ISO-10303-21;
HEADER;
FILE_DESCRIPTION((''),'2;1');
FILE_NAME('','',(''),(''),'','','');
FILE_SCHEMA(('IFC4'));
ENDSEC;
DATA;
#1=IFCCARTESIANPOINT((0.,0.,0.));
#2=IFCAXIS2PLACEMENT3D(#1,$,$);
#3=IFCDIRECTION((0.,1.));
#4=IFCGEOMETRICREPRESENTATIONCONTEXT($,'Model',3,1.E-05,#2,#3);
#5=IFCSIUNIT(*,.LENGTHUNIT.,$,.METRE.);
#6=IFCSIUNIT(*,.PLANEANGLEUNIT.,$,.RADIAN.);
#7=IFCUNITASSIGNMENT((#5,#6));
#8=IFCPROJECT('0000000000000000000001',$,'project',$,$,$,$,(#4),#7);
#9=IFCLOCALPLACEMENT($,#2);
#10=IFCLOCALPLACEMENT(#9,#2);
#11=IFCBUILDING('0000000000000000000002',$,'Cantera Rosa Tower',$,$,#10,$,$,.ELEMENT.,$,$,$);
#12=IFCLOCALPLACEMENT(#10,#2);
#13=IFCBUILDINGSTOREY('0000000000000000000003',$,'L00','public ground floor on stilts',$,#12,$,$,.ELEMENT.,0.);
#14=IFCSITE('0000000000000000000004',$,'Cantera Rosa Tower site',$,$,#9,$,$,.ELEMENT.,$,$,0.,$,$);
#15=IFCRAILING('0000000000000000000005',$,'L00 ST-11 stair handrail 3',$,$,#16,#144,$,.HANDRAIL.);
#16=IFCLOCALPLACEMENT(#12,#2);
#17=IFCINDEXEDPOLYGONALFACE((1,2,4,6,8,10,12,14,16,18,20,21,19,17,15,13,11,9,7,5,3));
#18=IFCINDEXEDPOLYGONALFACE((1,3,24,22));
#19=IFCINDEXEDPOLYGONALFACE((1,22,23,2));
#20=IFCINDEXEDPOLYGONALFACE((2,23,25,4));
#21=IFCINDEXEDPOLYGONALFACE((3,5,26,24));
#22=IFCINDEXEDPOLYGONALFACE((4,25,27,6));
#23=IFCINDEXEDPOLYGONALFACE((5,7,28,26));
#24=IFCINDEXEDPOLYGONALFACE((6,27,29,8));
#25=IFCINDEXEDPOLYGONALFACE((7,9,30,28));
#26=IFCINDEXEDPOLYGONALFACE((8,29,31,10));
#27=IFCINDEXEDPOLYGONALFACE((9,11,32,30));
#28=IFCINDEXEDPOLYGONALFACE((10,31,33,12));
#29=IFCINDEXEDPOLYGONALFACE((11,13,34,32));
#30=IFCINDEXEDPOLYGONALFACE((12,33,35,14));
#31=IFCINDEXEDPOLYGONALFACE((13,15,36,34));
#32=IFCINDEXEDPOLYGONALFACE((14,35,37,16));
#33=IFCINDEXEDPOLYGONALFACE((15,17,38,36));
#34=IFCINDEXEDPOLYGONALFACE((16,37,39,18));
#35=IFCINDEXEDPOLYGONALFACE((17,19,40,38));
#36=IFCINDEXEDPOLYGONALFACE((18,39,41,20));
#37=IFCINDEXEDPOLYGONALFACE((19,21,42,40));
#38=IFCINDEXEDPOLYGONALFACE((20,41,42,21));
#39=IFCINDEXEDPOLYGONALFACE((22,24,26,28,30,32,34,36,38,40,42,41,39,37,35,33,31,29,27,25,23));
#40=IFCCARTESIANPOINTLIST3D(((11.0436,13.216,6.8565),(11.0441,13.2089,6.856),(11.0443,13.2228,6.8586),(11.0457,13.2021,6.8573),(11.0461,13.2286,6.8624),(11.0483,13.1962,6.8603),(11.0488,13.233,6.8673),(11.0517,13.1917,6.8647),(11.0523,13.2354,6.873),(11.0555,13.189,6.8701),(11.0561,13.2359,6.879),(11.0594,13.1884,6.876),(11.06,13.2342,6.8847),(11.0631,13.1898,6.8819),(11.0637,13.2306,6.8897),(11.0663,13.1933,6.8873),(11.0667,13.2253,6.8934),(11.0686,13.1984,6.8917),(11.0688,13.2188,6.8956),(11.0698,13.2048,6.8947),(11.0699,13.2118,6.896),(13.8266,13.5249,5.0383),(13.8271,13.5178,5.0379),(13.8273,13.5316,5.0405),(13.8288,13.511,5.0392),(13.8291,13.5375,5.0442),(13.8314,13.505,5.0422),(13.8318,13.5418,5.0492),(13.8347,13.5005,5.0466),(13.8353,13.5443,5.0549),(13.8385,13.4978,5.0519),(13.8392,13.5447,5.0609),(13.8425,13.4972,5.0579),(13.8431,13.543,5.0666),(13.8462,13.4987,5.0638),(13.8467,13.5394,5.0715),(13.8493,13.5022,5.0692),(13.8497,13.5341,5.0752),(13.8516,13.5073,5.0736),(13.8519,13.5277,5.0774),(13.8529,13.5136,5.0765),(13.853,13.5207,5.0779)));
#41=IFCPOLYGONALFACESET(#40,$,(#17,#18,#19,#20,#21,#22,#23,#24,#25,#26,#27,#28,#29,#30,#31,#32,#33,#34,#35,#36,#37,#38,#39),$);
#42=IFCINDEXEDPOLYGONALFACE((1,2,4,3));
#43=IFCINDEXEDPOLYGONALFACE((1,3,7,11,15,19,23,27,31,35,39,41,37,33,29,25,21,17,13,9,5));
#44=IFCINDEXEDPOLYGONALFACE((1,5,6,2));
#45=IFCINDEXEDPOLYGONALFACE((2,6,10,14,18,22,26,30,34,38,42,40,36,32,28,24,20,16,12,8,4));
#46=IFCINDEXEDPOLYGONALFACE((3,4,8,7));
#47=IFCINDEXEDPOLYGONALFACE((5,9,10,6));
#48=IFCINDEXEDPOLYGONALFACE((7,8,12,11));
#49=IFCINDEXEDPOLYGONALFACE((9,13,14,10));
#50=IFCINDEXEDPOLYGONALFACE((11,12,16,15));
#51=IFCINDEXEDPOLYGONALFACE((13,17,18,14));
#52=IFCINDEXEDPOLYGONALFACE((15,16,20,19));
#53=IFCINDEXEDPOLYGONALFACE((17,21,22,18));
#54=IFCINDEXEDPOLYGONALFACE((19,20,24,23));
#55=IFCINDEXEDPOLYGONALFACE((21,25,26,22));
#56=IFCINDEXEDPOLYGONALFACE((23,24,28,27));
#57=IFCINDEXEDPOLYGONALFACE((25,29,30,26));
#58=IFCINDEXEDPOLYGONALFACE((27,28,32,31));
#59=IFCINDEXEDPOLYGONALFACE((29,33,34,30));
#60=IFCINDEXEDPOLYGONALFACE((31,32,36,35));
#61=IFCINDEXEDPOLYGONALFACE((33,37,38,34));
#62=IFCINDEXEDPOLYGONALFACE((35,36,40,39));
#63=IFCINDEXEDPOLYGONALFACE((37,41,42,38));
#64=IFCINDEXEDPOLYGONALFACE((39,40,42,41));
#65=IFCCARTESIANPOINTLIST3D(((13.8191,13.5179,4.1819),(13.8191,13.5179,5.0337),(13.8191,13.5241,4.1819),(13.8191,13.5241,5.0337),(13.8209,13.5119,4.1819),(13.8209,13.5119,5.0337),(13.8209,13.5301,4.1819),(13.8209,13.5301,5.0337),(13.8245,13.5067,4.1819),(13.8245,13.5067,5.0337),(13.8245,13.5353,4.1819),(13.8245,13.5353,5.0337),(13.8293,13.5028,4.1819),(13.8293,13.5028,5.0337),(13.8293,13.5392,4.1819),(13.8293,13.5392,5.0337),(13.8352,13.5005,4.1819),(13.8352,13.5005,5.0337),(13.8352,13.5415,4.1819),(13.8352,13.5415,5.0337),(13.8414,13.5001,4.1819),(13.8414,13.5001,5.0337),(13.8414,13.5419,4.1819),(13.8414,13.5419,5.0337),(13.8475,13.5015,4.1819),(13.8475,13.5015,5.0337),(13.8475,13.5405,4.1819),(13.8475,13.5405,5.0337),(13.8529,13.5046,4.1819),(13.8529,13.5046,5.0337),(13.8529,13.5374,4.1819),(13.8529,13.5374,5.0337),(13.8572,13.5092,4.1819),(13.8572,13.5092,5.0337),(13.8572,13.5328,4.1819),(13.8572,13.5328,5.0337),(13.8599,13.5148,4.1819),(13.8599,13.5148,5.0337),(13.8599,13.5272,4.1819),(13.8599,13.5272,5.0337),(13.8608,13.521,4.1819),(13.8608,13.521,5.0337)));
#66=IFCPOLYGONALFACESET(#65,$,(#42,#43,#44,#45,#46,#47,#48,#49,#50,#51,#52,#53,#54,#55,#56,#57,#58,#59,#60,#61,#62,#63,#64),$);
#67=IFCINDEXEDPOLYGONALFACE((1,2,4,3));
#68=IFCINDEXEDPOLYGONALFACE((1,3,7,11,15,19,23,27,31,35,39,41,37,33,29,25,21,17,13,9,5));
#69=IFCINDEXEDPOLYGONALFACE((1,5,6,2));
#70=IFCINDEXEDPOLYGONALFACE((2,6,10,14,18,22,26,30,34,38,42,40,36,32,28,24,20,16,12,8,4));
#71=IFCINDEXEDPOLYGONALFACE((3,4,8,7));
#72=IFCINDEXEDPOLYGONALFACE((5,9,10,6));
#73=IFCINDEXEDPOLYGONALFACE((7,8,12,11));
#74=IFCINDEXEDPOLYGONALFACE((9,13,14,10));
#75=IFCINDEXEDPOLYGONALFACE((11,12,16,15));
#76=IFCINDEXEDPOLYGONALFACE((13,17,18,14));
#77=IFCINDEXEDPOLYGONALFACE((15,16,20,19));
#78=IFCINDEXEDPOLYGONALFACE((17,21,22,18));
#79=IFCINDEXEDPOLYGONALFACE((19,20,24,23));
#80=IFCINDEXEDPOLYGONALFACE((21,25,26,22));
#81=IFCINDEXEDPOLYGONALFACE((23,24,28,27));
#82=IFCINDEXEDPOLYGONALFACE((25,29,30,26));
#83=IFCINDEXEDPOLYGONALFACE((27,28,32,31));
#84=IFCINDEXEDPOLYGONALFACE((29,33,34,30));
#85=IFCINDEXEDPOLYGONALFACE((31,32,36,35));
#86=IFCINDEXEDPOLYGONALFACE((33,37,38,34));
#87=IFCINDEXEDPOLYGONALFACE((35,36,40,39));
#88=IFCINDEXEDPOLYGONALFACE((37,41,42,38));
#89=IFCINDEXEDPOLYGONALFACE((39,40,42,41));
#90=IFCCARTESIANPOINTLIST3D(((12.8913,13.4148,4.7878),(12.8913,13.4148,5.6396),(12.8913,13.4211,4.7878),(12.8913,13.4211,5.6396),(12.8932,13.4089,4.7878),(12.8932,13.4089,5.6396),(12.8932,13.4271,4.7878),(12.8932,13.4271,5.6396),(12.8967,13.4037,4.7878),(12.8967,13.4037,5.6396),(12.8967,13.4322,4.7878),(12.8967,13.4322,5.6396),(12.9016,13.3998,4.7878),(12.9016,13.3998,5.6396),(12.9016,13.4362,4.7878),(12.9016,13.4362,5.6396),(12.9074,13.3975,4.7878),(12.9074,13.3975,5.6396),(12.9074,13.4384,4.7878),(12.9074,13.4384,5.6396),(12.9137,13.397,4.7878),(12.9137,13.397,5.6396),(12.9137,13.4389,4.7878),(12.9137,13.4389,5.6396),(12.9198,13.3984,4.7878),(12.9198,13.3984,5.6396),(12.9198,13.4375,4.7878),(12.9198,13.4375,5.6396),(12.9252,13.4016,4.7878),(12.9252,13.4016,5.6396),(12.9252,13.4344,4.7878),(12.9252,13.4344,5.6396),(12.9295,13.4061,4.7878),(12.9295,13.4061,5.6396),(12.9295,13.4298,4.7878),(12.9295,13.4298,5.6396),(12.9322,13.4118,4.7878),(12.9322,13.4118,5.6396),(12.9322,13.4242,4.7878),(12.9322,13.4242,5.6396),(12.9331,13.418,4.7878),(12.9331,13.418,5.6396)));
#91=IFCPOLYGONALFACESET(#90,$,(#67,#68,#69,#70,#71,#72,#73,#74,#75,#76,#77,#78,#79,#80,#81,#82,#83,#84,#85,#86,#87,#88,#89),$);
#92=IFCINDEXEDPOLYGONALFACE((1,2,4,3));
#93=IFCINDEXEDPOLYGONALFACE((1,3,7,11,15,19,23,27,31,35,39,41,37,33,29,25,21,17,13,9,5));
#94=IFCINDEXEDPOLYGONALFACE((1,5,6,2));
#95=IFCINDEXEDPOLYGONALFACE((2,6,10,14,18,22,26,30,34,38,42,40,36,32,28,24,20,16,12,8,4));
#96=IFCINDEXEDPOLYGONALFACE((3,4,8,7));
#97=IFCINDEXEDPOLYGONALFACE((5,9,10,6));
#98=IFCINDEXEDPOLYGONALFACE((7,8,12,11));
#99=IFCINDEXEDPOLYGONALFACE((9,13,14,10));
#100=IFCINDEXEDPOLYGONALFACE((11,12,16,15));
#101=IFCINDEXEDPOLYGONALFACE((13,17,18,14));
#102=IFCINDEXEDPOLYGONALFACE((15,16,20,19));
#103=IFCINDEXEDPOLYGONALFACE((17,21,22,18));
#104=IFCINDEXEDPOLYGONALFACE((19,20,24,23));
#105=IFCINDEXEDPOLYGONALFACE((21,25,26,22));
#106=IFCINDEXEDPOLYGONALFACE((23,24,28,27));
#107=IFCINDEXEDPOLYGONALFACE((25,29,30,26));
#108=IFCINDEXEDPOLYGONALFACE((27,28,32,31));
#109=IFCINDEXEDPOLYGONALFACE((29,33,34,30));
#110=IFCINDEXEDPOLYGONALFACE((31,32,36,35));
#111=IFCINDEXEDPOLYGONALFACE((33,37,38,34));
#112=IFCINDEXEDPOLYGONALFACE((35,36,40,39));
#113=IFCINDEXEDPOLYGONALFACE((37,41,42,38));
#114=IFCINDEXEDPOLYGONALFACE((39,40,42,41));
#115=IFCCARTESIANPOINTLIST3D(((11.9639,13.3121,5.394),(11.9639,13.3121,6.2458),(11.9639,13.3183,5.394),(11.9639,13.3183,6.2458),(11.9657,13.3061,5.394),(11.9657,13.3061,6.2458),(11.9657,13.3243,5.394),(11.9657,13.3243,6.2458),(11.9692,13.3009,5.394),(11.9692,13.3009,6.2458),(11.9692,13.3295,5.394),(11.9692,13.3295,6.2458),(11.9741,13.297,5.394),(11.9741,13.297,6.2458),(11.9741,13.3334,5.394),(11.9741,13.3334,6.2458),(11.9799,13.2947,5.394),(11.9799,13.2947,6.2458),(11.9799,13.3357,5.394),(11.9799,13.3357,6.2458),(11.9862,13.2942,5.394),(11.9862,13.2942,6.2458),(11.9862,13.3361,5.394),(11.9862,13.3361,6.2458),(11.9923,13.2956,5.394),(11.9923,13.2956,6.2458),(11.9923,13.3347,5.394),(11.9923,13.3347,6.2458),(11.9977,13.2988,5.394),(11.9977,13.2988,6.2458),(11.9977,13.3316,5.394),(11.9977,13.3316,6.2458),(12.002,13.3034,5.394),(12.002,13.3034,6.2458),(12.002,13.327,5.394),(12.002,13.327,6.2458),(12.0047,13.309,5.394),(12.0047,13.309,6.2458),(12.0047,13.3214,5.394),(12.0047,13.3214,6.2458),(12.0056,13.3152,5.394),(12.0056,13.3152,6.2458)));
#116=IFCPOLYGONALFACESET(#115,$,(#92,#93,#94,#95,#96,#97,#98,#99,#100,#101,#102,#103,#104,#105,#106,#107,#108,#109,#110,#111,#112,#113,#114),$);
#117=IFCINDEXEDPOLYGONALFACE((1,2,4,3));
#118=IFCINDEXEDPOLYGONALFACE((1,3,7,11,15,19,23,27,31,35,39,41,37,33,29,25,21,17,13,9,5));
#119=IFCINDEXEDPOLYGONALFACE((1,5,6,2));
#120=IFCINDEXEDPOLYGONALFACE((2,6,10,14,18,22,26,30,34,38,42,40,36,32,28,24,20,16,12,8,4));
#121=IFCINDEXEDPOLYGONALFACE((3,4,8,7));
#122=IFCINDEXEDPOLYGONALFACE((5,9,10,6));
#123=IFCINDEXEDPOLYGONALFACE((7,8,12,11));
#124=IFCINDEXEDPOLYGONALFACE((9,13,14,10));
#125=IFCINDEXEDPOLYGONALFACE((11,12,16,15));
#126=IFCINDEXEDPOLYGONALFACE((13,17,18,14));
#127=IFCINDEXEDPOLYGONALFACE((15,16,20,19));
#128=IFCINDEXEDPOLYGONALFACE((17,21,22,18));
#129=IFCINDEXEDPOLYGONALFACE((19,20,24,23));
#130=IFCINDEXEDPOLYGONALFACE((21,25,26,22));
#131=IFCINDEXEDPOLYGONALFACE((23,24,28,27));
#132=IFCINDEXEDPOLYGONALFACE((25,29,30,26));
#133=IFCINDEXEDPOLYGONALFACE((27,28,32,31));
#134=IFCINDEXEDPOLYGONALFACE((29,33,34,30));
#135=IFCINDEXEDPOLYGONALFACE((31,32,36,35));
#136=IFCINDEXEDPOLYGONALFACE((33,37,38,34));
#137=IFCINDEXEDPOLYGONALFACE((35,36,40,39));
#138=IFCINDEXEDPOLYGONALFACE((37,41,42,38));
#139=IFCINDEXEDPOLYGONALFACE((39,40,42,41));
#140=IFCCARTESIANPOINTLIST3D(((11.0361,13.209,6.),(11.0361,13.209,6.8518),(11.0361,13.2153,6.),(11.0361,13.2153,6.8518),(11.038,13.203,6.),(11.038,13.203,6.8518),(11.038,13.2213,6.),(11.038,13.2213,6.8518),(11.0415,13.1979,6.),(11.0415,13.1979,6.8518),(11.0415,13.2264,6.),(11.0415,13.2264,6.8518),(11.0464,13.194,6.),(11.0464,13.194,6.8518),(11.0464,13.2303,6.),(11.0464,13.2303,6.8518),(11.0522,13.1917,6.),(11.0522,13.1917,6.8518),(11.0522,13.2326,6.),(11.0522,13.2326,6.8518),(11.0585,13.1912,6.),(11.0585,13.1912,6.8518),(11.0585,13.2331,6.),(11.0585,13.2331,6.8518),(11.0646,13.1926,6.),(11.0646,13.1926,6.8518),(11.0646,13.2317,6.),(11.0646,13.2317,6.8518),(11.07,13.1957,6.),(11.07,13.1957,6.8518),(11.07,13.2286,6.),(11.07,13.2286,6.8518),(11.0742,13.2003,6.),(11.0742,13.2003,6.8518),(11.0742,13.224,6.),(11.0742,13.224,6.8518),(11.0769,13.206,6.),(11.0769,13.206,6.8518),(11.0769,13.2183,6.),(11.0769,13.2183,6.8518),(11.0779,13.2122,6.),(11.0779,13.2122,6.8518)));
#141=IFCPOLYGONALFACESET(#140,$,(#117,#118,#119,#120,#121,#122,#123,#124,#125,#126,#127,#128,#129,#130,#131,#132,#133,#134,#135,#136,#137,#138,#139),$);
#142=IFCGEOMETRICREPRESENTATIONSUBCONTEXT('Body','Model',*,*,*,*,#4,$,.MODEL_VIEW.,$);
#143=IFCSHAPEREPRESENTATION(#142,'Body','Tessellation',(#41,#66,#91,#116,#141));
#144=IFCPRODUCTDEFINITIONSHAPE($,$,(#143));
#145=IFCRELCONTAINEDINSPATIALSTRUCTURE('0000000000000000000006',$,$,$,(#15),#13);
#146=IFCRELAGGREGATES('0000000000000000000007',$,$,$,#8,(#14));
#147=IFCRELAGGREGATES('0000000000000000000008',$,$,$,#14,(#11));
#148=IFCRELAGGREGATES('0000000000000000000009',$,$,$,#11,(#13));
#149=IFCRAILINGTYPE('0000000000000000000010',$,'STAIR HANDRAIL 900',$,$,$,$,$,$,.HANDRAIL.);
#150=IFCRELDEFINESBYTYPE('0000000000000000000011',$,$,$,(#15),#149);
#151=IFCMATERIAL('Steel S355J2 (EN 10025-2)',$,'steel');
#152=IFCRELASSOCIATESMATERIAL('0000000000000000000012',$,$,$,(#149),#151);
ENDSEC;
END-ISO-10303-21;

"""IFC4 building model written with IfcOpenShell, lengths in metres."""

from ifc_helpers import new_model, si_unit, direction, frame, origin, origin_2d, place, context, subcontext, project, spatial, circle, extrude, material, type_object, element, save


model = new_model("IFC4")

# Units and contexts
model_context = context("Model", 3, precision=1e-05, world=origin(), true_north=direction((0.0, 1.0)))
body_context = subcontext(model_context, "Body", "Model", "MODEL_VIEW")
ifc_project = project(units=[si_unit("LENGTHUNIT", "METRE"), si_unit("PLANEANGLEUNIT", "RADIAN")], contexts=[model_context])

# Site, building, storey
site_placement = place(None, origin())
site = spatial("IfcSite", under=ifc_project, at=site_placement, Name="Cantera Rosa Tower site", CompositionType="ELEMENT", RefElevation=0.0)
building_placement = place(site_placement, origin())
building = spatial("IfcBuilding", under=site, at=building_placement, Name="Cantera Rosa Tower", CompositionType="ELEMENT")
storey_placement = place(building_placement, origin())
storey = spatial("IfcBuildingStorey", under=building, at=storey_placement, Name="L00", Description="public ground floor on stilts", CompositionType="ELEMENT", Elevation=0.0)

# Railing
ifc_material_1 = material(Name="Steel S355J2 (EN 10025-2)", Category="steel")
railing_type_1 = type_object("IfcRailingType", Name="STAIR HANDRAIL 900", PredefinedType="HANDRAIL", material=ifc_material_1)
for number, where, name in (
    (1, (13.8398, 13.521, 4.1819), "L00 ST-11 stair handrail 3"),
):
    element("IfcRailing", number, at=place(storey_placement, frame(where)), inside=storey, type_object=railing_type_1, Name=name, PredefinedType="HANDRAIL", context=body_context, shape_type="SweptSolid", body=[
        extrude(circle(Radius=0.0239, at=origin_2d()), frame((0.0, 0.0, 0.876), z_axis=(-0.833588, -0.092507, 0.544586), x_axis=(0.110298, -0.993899, 0.0)), (0.0, 0.0, 1.0), 3.3386),
        extrude(circle(Radius=0.021, at=origin_2d()), origin(), (0.0, 0.0, 1.0), 0.8518),
        extrude(circle(Radius=0.021, at=origin_2d()), frame((-0.9277, -0.103, 0.606)), (0.0, 0.0, 1.0), 0.8518),
        extrude(circle(Radius=0.021, at=origin_2d()), frame((-1.8552, -0.2058, 1.2122)), (0.0, 0.0, 1.0), 0.8518),
        extrude(circle(Radius=0.021, at=origin_2d()), frame((-2.783, -0.3088, 1.8181)), (0.0, 0.0, 1.0), 0.8518),
    ])

save(model, "model.ifc")
